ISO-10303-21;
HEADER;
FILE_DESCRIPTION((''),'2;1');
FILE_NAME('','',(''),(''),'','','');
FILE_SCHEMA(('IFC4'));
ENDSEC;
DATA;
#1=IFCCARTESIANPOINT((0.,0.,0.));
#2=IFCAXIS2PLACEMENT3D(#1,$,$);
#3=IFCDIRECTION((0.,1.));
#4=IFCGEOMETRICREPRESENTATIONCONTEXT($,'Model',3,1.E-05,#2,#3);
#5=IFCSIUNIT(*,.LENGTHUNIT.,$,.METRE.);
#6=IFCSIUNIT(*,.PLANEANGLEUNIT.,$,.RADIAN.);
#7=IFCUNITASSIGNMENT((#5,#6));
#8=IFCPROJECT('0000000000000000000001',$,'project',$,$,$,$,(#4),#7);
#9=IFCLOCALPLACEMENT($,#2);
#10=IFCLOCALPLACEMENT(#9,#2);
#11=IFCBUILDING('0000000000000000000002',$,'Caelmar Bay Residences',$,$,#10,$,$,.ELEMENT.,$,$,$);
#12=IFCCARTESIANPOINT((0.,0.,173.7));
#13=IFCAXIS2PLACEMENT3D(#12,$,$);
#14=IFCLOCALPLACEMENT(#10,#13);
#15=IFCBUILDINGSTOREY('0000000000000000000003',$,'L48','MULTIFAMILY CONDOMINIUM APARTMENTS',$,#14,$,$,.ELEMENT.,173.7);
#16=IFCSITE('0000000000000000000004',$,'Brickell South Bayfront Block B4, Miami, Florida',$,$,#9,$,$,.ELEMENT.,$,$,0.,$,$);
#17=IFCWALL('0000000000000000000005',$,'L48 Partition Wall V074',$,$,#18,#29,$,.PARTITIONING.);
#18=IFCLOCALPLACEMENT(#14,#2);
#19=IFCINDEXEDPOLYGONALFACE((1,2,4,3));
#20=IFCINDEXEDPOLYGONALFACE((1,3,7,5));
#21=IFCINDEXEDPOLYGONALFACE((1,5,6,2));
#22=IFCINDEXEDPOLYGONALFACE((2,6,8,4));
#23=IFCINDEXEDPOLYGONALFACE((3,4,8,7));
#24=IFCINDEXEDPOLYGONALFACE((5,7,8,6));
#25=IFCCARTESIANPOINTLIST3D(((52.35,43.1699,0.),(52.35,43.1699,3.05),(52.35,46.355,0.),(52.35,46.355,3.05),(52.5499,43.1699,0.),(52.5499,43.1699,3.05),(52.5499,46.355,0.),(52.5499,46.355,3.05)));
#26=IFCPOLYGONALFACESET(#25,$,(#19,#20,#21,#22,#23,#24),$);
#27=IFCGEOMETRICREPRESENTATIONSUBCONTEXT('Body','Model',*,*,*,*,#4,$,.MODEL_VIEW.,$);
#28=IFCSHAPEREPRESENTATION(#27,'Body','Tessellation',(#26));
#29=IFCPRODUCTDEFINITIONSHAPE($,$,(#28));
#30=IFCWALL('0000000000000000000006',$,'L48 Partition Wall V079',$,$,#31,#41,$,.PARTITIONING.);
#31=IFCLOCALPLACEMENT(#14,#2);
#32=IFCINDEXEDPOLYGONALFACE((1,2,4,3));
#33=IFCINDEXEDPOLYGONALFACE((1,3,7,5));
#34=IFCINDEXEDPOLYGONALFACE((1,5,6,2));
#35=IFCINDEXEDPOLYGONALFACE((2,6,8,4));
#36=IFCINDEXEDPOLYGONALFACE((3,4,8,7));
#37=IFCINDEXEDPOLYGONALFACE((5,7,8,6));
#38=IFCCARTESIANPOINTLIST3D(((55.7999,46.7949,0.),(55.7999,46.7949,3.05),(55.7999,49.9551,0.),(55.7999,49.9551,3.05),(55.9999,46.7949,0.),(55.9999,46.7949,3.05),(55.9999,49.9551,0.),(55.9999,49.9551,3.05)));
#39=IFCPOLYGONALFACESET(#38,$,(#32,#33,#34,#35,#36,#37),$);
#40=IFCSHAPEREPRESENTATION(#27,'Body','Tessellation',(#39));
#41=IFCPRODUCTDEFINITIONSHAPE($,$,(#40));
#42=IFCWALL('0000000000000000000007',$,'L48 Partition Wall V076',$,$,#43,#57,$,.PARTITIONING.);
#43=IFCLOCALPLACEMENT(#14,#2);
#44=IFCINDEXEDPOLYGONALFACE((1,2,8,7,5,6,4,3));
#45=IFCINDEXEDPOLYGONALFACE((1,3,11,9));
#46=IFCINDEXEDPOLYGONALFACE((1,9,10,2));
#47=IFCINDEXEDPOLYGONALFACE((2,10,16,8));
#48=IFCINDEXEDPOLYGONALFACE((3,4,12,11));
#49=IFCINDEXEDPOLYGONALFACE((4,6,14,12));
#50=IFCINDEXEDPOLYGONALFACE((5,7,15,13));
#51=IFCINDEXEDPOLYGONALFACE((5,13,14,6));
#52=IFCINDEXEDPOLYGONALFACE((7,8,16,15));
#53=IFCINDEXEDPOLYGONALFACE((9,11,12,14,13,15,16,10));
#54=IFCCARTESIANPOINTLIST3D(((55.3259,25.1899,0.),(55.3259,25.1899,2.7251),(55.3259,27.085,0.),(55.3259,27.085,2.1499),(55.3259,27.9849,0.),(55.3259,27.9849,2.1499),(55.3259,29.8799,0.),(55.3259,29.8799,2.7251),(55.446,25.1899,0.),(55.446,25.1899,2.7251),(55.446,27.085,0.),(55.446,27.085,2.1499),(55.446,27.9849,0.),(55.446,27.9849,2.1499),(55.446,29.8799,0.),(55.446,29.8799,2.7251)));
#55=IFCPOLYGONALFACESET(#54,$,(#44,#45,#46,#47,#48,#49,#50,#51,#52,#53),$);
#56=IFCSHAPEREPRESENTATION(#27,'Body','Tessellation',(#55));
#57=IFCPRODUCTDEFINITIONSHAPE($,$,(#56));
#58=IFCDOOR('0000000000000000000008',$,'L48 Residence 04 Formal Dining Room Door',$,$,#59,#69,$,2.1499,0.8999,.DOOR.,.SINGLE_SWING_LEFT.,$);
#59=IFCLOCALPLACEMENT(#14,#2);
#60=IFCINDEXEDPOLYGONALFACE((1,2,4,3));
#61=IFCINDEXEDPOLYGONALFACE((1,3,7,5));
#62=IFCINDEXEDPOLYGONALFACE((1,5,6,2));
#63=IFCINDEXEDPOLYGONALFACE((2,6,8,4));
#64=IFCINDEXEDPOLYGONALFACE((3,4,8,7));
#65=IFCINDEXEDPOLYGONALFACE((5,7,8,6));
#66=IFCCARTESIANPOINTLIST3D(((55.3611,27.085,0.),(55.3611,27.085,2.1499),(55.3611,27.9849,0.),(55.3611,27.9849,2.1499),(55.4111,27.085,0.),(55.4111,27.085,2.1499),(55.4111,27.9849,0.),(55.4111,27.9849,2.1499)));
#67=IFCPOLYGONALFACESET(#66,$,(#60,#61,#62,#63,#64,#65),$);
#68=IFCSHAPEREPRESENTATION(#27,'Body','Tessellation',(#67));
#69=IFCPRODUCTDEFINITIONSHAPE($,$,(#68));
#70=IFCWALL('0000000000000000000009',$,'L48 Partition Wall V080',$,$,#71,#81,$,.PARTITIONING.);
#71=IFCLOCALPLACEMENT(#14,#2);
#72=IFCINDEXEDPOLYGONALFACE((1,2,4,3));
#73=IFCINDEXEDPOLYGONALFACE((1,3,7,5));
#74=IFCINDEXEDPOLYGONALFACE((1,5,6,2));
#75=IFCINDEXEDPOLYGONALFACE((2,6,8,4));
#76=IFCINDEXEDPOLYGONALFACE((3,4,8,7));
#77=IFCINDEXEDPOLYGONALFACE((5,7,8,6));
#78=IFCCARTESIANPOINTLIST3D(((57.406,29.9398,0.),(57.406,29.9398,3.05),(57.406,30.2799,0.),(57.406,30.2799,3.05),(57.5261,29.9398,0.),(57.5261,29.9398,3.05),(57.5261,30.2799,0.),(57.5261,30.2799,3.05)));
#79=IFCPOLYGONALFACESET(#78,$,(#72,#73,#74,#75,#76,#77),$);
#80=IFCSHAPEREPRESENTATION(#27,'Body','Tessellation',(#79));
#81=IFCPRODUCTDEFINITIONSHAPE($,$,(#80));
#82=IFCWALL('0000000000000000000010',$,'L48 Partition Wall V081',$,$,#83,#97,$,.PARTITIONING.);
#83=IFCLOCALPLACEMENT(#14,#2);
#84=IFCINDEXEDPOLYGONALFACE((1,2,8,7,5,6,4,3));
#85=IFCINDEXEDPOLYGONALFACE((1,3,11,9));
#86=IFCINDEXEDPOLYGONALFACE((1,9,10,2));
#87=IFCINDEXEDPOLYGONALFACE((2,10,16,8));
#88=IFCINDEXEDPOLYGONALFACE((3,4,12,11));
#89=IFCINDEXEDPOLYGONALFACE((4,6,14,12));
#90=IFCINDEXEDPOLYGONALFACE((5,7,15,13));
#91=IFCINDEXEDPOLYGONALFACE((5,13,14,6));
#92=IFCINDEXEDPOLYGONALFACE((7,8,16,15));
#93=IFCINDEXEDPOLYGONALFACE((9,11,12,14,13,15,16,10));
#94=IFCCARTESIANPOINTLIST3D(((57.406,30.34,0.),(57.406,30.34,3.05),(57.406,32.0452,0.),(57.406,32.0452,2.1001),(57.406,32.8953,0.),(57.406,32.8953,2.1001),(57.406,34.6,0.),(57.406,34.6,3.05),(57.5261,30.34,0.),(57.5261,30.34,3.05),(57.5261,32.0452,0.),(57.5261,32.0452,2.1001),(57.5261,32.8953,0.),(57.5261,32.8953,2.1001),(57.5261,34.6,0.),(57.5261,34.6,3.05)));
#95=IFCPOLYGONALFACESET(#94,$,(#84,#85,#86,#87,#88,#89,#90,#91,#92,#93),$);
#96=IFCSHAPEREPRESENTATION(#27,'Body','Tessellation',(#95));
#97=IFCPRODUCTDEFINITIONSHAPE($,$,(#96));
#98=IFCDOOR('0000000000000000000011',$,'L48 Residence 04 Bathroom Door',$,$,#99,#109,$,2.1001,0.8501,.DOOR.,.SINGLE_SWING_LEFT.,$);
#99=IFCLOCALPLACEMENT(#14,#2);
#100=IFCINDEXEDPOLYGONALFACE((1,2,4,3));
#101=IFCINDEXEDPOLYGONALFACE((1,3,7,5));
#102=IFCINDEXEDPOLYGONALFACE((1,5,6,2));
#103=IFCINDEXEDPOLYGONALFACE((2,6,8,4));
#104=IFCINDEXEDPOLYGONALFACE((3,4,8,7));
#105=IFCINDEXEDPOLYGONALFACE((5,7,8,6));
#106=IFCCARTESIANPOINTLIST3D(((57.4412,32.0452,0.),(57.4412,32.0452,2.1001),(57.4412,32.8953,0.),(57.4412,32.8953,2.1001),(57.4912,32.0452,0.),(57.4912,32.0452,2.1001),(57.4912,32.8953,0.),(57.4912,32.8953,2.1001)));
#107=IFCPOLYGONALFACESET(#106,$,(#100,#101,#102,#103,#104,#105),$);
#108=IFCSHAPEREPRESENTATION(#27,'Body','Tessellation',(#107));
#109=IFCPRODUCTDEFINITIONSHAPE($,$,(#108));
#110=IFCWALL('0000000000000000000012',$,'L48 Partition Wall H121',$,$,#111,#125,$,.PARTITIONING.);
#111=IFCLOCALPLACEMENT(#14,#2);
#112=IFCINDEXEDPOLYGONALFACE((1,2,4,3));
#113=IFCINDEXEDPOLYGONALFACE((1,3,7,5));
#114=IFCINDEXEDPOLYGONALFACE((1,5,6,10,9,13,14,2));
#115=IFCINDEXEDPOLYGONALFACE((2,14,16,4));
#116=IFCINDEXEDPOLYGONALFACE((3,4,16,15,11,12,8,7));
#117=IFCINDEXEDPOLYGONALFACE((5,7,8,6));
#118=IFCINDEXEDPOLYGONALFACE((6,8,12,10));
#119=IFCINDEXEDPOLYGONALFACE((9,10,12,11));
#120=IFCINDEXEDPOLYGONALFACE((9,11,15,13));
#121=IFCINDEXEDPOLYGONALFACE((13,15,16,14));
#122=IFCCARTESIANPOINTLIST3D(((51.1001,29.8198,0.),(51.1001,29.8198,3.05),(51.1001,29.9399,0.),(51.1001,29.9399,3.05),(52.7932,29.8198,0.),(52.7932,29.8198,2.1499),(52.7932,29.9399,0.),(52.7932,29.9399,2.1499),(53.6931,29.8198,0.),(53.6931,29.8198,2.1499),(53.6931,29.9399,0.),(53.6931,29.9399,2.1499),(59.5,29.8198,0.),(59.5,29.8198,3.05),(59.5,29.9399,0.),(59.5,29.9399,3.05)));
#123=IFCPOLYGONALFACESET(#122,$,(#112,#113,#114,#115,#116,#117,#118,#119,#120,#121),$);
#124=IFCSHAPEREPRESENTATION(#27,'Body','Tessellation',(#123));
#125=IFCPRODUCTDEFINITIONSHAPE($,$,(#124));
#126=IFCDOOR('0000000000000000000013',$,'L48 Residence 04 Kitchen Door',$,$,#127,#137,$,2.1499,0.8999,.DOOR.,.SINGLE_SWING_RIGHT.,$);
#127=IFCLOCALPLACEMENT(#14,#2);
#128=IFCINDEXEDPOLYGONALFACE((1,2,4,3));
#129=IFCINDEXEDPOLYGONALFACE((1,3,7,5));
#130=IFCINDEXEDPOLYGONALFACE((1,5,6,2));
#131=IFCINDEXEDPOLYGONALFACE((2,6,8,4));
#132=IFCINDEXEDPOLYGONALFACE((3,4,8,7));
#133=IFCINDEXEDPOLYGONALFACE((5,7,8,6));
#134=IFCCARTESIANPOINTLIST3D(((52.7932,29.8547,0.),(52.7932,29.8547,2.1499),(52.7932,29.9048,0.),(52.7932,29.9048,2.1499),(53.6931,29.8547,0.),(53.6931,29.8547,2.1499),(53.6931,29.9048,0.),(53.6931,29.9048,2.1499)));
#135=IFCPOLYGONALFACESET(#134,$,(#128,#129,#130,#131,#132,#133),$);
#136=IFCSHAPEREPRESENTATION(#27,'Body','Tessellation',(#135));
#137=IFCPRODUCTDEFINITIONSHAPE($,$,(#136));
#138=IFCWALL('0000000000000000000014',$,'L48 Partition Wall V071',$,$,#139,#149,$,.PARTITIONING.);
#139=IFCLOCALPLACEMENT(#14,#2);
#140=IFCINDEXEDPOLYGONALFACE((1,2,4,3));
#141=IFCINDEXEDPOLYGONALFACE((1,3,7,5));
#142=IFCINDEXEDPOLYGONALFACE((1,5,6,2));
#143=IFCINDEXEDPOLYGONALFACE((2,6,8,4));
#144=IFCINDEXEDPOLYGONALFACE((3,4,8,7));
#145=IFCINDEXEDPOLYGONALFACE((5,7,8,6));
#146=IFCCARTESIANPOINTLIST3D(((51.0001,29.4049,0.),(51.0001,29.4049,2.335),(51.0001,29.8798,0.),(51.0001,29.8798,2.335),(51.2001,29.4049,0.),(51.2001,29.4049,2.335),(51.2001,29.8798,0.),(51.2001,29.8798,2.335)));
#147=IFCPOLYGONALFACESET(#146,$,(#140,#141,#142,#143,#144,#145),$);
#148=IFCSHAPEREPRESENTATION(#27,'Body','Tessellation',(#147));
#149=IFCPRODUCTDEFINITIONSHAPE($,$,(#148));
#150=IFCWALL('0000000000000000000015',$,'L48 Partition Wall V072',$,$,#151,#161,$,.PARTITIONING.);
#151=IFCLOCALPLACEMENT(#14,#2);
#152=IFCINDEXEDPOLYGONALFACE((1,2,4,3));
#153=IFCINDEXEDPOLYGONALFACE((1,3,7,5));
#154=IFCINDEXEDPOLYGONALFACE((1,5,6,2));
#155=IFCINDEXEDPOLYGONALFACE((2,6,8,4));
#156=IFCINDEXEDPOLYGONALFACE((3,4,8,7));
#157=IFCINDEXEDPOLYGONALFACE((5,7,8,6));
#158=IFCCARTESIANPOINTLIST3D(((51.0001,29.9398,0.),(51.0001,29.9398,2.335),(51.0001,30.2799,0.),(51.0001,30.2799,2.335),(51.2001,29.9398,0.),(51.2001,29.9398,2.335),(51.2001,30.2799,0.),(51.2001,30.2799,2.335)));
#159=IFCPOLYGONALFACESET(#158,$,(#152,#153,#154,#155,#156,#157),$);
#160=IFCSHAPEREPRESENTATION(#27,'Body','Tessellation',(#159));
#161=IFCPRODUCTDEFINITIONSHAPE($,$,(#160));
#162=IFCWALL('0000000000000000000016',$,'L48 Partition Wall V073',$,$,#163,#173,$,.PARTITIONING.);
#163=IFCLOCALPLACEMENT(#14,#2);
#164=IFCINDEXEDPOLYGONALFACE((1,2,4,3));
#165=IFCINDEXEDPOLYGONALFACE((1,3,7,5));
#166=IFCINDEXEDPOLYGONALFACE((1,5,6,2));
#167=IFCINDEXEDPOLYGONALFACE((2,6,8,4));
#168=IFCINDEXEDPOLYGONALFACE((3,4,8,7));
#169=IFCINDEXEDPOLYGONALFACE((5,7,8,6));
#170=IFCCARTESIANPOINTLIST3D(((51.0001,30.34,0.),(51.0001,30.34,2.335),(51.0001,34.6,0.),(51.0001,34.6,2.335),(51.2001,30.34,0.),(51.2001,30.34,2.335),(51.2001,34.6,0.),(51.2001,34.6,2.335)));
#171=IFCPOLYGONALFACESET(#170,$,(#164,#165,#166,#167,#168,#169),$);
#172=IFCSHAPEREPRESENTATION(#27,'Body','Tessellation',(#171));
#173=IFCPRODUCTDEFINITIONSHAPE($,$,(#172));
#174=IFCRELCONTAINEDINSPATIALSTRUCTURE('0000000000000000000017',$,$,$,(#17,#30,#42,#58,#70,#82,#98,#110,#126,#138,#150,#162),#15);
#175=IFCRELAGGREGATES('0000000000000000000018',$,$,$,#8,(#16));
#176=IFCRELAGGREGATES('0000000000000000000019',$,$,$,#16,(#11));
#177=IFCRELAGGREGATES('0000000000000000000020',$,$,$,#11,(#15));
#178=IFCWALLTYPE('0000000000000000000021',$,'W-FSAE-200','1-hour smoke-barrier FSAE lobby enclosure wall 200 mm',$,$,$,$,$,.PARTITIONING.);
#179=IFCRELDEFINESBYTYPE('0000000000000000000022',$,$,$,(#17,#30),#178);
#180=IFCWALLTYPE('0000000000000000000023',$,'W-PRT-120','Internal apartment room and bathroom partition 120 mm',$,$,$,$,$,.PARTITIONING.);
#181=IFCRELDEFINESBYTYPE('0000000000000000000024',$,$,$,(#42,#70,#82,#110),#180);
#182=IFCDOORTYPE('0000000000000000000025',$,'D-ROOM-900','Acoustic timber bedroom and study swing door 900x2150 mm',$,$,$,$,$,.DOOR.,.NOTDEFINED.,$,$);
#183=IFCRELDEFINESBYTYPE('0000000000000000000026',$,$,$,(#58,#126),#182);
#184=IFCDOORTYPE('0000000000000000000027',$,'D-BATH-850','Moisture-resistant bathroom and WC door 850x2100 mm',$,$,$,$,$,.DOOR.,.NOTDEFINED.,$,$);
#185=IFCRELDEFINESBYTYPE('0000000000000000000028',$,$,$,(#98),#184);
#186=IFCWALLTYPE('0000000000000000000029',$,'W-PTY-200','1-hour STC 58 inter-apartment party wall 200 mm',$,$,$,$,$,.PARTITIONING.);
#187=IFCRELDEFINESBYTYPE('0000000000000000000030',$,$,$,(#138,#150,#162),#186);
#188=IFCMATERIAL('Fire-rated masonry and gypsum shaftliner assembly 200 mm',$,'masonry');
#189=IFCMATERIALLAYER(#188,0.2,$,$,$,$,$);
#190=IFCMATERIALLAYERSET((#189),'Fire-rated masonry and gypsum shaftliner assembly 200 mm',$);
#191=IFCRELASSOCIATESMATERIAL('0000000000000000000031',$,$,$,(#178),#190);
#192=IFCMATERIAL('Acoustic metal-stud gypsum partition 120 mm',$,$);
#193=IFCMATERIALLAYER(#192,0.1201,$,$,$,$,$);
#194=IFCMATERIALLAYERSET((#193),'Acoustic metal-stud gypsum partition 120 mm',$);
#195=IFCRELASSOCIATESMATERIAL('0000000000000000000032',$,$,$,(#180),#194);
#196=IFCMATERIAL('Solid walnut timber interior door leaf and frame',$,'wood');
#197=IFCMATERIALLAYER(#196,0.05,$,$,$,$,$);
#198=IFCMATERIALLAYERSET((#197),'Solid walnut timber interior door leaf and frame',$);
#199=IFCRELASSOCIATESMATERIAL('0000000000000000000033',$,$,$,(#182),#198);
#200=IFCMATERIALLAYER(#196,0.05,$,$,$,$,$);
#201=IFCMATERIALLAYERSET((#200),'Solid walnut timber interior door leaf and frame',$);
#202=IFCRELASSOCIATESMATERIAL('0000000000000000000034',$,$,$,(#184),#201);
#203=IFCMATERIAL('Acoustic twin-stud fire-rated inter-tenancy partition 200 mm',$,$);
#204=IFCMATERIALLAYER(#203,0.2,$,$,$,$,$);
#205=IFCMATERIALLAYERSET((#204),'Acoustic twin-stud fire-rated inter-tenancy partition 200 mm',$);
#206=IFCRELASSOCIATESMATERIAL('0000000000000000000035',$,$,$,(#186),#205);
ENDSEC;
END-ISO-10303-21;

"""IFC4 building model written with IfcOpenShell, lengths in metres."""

from ifc_helpers import new_model, si_unit, direction, frame, frame_2d, origin, place, context, subcontext, project, spatial, rectangle, extrude, material, layer, layer_set, type_object, element, fill, save


model = new_model("IFC4")

# Units and contexts
model_context = context("Model", 3, precision=1e-05, world=origin(), true_north=direction((0.0, 1.0)))
body_context = subcontext(model_context, "Body", "Model", "MODEL_VIEW")
ifc_project = project(units=[si_unit("LENGTHUNIT", "METRE"), si_unit("PLANEANGLEUNIT", "RADIAN")], contexts=[model_context])

# Site, building, storey
site_placement = place(None, origin())
site = spatial("IfcSite", under=ifc_project, at=site_placement, Name="Brickell South Bayfront Block B4, Miami, Florida", CompositionType="ELEMENT", RefElevation=0.0)
building_placement = place(site_placement, origin())
building = spatial("IfcBuilding", under=site, at=building_placement, Name="Caelmar Bay Residences", CompositionType="ELEMENT")
storey_placement = place(building_placement, frame((0.0, 0.0, 173.7)))
storey = spatial("IfcBuildingStorey", under=building, at=storey_placement, Name="L48", Description="MULTIFAMILY CONDOMINIUM APARTMENTS", CompositionType="ELEMENT", Elevation=173.7)

# Walls
ifc_material_1 = material(Name="Fire-rated masonry and gypsum shaftliner assembly 200 mm", Category="masonry")
ifc_layer_1 = layer(ifc_material_1, 0.2)
ifc_layer_set_1 = layer_set([ifc_layer_1], Name="Fire-rated masonry and gypsum shaftliner assembly 200 mm")
wall_type_1 = type_object("IfcWallType", Name="W-FSAE-200", Description="1-hour smoke-barrier FSAE lobby enclosure wall 200 mm", PredefinedType="PARTITIONING", material=ifc_layer_set_1)
wall_1_placement = place(storey_placement, frame((52.45, 43.1699, 0.0), z_axis=(0.0, 0.0, 1.0), x_axis=(0.0, 1.0, 0.0)))
element("IfcWall", 1, at=wall_1_placement, inside=storey, type_object=wall_type_1, Name="L48 Partition Wall V074", PredefinedType="PARTITIONING", context=body_context, shape_type="SweptSolid", body=[
    extrude(rectangle(XDim=3.1851, YDim=0.2, at=frame_2d((1.5925, 0.0))), origin(), (0.0, 0.0, 1.0), 3.05),
])
wall_2_placement = place(storey_placement, frame((55.8999, 46.7949, 0.0), z_axis=(0.0, 0.0, 1.0), x_axis=(0.0, 1.0, 0.0)))
element("IfcWall", 2, at=wall_2_placement, inside=storey, type_object=wall_type_1, Name="L48 Partition Wall V079", PredefinedType="PARTITIONING", context=body_context, shape_type="SweptSolid", body=[
    extrude(rectangle(XDim=3.1602, YDim=0.2, at=frame_2d((1.5801, 0.0))), origin(), (0.0, 0.0, 1.0), 3.05),
])

# Wall, opening, door
ifc_material_2 = material(Name="Acoustic metal-stud gypsum partition 120 mm")
ifc_layer_2 = layer(ifc_material_2, 0.1201)
ifc_layer_set_2 = layer_set([ifc_layer_2], Name="Acoustic metal-stud gypsum partition 120 mm")
wall_type_2 = type_object("IfcWallType", Name="W-PRT-120", Description="Internal apartment room and bathroom partition 120 mm", PredefinedType="PARTITIONING", material=ifc_layer_set_2)
wall_3_placement = place(storey_placement, frame((55.386, 25.1899, 0.0), z_axis=(0.0, 0.0, 1.0), x_axis=(0.0, 1.0, 0.0)))
wall_3 = element("IfcWall", 3, at=wall_3_placement, inside=storey, type_object=wall_type_2, Name="L48 Partition Wall V076", PredefinedType="PARTITIONING", context=body_context, shape_type="SweptSolid", body=[
    extrude(rectangle(XDim=4.6899, YDim=0.1201, at=frame_2d((2.345, 0.0))), origin(), (0.0, 0.0, 1.0), 2.7251),
])
opening_1_placement = place(wall_3_placement, frame((1.895, 0.0, 0.0)))
opening_1 = element("IfcOpeningElement", 4, at=opening_1_placement, cuts=wall_3, PredefinedType="OPENING", context=body_context, shape_type="SweptSolid", body=[
    extrude(rectangle(XDim=0.8999, YDim=2.1499, at=frame_2d((0.45, 1.075))), frame((0.0, 0.0701, 0.0), z_axis=(0.0, -1.0, 0.0), x_axis=(1.0, 0.0, 0.0)), (0.0, 0.0, 1.0), 0.1401),
])
ifc_material_3 = material(Name="Solid walnut timber interior door leaf and frame", Category="wood")
ifc_layer_3 = layer(ifc_material_3, 0.05)
ifc_layer_set_3 = layer_set([ifc_layer_3], Name="Solid walnut timber interior door leaf and frame")
door_type_1 = type_object("IfcDoorType", Name="D-ROOM-900", Description="Acoustic timber bedroom and study swing door 900x2150 mm", OperationType="NOTDEFINED", PredefinedType="DOOR", material=ifc_layer_set_3)
door_1_placement = place(opening_1_placement, origin())
door_1 = element("IfcDoor", 5, at=door_1_placement, inside=storey, type_object=door_type_1, Name="L48 Residence 04 Formal Dining Room Door", OperationType="SINGLE_SWING_LEFT", OverallHeight=2.1499, OverallWidth=0.8999, PredefinedType="DOOR", context=body_context, shape_type="SweptSolid", body=[
    extrude(rectangle(XDim=0.8999, YDim=2.1499, at=frame_2d((0.45, 1.075))), frame((0.0, 0.0249, 0.0), z_axis=(0.0, -1.0, 0.0), x_axis=(1.0, 0.0, 0.0)), (0.0, 0.0, 1.0), 0.05),
])
fill(opening_1, door_1)

# Wall
wall_4_placement = place(storey_placement, frame((57.4661, 29.9399, 0.0), z_axis=(0.0, 0.0, 1.0), x_axis=(0.0, 1.0, 0.0)))
element("IfcWall", 6, at=wall_4_placement, inside=storey, type_object=wall_type_2, Name="L48 Partition Wall V080", PredefinedType="PARTITIONING", context=body_context, shape_type="SweptSolid", body=[
    extrude(rectangle(XDim=0.3401, YDim=0.1201, at=frame_2d((0.1699, 0.0))), origin(), (0.0, 0.0, 1.0), 3.05),
])

# Walls, openings, doors
wall_5_placement = place(storey_placement, frame((57.4661, 30.3401, 0.0), z_axis=(0.0, 0.0, 1.0), x_axis=(0.0, 1.0, 0.0)))
wall_5 = element("IfcWall", 7, at=wall_5_placement, inside=storey, type_object=wall_type_2, Name="L48 Partition Wall V081", PredefinedType="PARTITIONING", context=body_context, shape_type="SweptSolid", body=[
    extrude(rectangle(XDim=4.26, YDim=0.1201, at=frame_2d((2.1299, 0.0))), origin(), (0.0, 0.0, 1.0), 3.05),
])
opening_2_placement = place(wall_5_placement, frame((1.7051, 0.0, 0.0)))
opening_2 = element("IfcOpeningElement", 8, at=opening_2_placement, cuts=wall_5, PredefinedType="OPENING", context=body_context, shape_type="SweptSolid", body=[
    extrude(rectangle(XDim=0.8501, YDim=2.1001, at=frame_2d((0.425, 1.05))), frame((0.0, 0.0701, 0.0), z_axis=(0.0, -1.0, 0.0), x_axis=(1.0, 0.0, 0.0)), (0.0, 0.0, 1.0), 0.1401),
])
ifc_layer_4 = layer(ifc_material_3, 0.05)
ifc_layer_set_4 = layer_set([ifc_layer_4], Name="Solid walnut timber interior door leaf and frame")
door_type_2 = type_object("IfcDoorType", Name="D-BATH-850", Description="Moisture-resistant bathroom and WC door 850x2100 mm", OperationType="NOTDEFINED", PredefinedType="DOOR", material=ifc_layer_set_4)
door_2_placement = place(opening_2_placement, origin())
door_2 = element("IfcDoor", 9, at=door_2_placement, inside=storey, type_object=door_type_2, Name="L48 Residence 04 Bathroom Door", OperationType="SINGLE_SWING_LEFT", OverallHeight=2.1001, OverallWidth=0.8501, PredefinedType="DOOR", context=body_context, shape_type="SweptSolid", body=[
    extrude(rectangle(XDim=0.8501, YDim=2.1001, at=frame_2d((0.425, 1.05))), frame((0.0, 0.0249, 0.0), z_axis=(0.0, -1.0, 0.0), x_axis=(1.0, 0.0, 0.0)), (0.0, 0.0, 1.0), 0.05),
])
fill(opening_2, door_2)
wall_6_placement = place(storey_placement, frame((51.1001, 29.8799, 0.0), z_axis=(0.0, 0.0, 1.0), x_axis=(1.0, 0.0, 0.0)))
wall_6 = element("IfcWall", 10, at=wall_6_placement, inside=storey, type_object=wall_type_2, Name="L48 Partition Wall H121", PredefinedType="PARTITIONING", context=body_context, shape_type="SweptSolid", body=[
    extrude(rectangle(XDim=8.3999, YDim=0.1201, at=frame_2d((4.2, 0.0))), origin(), (0.0, 0.0, 1.0), 3.05),
])
opening_3_placement = place(wall_6_placement, frame((1.6931, 0.0, 0.0)))
opening_3 = element("IfcOpeningElement", 11, at=opening_3_placement, cuts=wall_6, PredefinedType="OPENING", context=body_context, shape_type="SweptSolid", body=[
    extrude(rectangle(XDim=0.8999, YDim=2.1499, at=frame_2d((0.45, 1.075))), frame((0.0, 0.0701, 0.0), z_axis=(0.0, -1.0, 0.0), x_axis=(1.0, 0.0, 0.0)), (0.0, 0.0, 1.0), 0.1401),
])
door_3_placement = place(opening_3_placement, origin())
door_3 = element("IfcDoor", 12, at=door_3_placement, inside=storey, type_object=door_type_1, Name="L48 Residence 04 Kitchen Door", OperationType="SINGLE_SWING_RIGHT", OverallHeight=2.1499, OverallWidth=0.8999, PredefinedType="DOOR", context=body_context, shape_type="SweptSolid", body=[
    extrude(rectangle(XDim=0.8999, YDim=2.1499, at=frame_2d((0.45, 1.075))), frame((0.0, 0.0249, 0.0), z_axis=(0.0, -1.0, 0.0), x_axis=(1.0, 0.0, 0.0)), (0.0, 0.0, 1.0), 0.05),
])
fill(opening_3, door_3)

# Walls
ifc_material_4 = material(Name="Acoustic twin-stud fire-rated inter-tenancy partition 200 mm")
ifc_layer_5 = layer(ifc_material_4, 0.2)
ifc_layer_set_5 = layer_set([ifc_layer_5], Name="Acoustic twin-stud fire-rated inter-tenancy partition 200 mm")
wall_type_3 = type_object("IfcWallType", Name="W-PTY-200", Description="1-hour STC 58 inter-apartment party wall 200 mm", PredefinedType="PARTITIONING", material=ifc_layer_set_5)
wall_7_placement = place(storey_placement, frame((51.1001, 29.405, 0.0), z_axis=(0.0, 0.0, 1.0), x_axis=(0.0, 1.0, 0.0)))
element("IfcWall", 13, at=wall_7_placement, inside=storey, type_object=wall_type_3, Name="L48 Partition Wall V071", PredefinedType="PARTITIONING", context=body_context, shape_type="SweptSolid", body=[
    extrude(rectangle(XDim=0.4749, YDim=0.2, at=frame_2d((0.2373, 0.0))), origin(), (0.0, 0.0, 1.0), 2.335),
])
wall_8_placement = place(storey_placement, frame((51.1001, 29.9399, 0.0), z_axis=(0.0, 0.0, 1.0), x_axis=(0.0, 1.0, 0.0)))
element("IfcWall", 14, at=wall_8_placement, inside=storey, type_object=wall_type_3, Name="L48 Partition Wall V072", PredefinedType="PARTITIONING", context=body_context, shape_type="SweptSolid", body=[
    extrude(rectangle(XDim=0.3401, YDim=0.2, at=frame_2d((0.1699, 0.0))), origin(), (0.0, 0.0, 1.0), 2.335),
])
wall_9_placement = place(storey_placement, frame((51.1001, 30.3401, 0.0), z_axis=(0.0, 0.0, 1.0), x_axis=(0.0, 1.0, 0.0)))
element("IfcWall", 15, at=wall_9_placement, inside=storey, type_object=wall_type_3, Name="L48 Partition Wall V073", PredefinedType="PARTITIONING", context=body_context, shape_type="SweptSolid", body=[
    extrude(rectangle(XDim=4.26, YDim=0.2, at=frame_2d((2.1299, 0.0))), origin(), (0.0, 0.0, 1.0), 2.335),
])

save(model, "model.ifc")
